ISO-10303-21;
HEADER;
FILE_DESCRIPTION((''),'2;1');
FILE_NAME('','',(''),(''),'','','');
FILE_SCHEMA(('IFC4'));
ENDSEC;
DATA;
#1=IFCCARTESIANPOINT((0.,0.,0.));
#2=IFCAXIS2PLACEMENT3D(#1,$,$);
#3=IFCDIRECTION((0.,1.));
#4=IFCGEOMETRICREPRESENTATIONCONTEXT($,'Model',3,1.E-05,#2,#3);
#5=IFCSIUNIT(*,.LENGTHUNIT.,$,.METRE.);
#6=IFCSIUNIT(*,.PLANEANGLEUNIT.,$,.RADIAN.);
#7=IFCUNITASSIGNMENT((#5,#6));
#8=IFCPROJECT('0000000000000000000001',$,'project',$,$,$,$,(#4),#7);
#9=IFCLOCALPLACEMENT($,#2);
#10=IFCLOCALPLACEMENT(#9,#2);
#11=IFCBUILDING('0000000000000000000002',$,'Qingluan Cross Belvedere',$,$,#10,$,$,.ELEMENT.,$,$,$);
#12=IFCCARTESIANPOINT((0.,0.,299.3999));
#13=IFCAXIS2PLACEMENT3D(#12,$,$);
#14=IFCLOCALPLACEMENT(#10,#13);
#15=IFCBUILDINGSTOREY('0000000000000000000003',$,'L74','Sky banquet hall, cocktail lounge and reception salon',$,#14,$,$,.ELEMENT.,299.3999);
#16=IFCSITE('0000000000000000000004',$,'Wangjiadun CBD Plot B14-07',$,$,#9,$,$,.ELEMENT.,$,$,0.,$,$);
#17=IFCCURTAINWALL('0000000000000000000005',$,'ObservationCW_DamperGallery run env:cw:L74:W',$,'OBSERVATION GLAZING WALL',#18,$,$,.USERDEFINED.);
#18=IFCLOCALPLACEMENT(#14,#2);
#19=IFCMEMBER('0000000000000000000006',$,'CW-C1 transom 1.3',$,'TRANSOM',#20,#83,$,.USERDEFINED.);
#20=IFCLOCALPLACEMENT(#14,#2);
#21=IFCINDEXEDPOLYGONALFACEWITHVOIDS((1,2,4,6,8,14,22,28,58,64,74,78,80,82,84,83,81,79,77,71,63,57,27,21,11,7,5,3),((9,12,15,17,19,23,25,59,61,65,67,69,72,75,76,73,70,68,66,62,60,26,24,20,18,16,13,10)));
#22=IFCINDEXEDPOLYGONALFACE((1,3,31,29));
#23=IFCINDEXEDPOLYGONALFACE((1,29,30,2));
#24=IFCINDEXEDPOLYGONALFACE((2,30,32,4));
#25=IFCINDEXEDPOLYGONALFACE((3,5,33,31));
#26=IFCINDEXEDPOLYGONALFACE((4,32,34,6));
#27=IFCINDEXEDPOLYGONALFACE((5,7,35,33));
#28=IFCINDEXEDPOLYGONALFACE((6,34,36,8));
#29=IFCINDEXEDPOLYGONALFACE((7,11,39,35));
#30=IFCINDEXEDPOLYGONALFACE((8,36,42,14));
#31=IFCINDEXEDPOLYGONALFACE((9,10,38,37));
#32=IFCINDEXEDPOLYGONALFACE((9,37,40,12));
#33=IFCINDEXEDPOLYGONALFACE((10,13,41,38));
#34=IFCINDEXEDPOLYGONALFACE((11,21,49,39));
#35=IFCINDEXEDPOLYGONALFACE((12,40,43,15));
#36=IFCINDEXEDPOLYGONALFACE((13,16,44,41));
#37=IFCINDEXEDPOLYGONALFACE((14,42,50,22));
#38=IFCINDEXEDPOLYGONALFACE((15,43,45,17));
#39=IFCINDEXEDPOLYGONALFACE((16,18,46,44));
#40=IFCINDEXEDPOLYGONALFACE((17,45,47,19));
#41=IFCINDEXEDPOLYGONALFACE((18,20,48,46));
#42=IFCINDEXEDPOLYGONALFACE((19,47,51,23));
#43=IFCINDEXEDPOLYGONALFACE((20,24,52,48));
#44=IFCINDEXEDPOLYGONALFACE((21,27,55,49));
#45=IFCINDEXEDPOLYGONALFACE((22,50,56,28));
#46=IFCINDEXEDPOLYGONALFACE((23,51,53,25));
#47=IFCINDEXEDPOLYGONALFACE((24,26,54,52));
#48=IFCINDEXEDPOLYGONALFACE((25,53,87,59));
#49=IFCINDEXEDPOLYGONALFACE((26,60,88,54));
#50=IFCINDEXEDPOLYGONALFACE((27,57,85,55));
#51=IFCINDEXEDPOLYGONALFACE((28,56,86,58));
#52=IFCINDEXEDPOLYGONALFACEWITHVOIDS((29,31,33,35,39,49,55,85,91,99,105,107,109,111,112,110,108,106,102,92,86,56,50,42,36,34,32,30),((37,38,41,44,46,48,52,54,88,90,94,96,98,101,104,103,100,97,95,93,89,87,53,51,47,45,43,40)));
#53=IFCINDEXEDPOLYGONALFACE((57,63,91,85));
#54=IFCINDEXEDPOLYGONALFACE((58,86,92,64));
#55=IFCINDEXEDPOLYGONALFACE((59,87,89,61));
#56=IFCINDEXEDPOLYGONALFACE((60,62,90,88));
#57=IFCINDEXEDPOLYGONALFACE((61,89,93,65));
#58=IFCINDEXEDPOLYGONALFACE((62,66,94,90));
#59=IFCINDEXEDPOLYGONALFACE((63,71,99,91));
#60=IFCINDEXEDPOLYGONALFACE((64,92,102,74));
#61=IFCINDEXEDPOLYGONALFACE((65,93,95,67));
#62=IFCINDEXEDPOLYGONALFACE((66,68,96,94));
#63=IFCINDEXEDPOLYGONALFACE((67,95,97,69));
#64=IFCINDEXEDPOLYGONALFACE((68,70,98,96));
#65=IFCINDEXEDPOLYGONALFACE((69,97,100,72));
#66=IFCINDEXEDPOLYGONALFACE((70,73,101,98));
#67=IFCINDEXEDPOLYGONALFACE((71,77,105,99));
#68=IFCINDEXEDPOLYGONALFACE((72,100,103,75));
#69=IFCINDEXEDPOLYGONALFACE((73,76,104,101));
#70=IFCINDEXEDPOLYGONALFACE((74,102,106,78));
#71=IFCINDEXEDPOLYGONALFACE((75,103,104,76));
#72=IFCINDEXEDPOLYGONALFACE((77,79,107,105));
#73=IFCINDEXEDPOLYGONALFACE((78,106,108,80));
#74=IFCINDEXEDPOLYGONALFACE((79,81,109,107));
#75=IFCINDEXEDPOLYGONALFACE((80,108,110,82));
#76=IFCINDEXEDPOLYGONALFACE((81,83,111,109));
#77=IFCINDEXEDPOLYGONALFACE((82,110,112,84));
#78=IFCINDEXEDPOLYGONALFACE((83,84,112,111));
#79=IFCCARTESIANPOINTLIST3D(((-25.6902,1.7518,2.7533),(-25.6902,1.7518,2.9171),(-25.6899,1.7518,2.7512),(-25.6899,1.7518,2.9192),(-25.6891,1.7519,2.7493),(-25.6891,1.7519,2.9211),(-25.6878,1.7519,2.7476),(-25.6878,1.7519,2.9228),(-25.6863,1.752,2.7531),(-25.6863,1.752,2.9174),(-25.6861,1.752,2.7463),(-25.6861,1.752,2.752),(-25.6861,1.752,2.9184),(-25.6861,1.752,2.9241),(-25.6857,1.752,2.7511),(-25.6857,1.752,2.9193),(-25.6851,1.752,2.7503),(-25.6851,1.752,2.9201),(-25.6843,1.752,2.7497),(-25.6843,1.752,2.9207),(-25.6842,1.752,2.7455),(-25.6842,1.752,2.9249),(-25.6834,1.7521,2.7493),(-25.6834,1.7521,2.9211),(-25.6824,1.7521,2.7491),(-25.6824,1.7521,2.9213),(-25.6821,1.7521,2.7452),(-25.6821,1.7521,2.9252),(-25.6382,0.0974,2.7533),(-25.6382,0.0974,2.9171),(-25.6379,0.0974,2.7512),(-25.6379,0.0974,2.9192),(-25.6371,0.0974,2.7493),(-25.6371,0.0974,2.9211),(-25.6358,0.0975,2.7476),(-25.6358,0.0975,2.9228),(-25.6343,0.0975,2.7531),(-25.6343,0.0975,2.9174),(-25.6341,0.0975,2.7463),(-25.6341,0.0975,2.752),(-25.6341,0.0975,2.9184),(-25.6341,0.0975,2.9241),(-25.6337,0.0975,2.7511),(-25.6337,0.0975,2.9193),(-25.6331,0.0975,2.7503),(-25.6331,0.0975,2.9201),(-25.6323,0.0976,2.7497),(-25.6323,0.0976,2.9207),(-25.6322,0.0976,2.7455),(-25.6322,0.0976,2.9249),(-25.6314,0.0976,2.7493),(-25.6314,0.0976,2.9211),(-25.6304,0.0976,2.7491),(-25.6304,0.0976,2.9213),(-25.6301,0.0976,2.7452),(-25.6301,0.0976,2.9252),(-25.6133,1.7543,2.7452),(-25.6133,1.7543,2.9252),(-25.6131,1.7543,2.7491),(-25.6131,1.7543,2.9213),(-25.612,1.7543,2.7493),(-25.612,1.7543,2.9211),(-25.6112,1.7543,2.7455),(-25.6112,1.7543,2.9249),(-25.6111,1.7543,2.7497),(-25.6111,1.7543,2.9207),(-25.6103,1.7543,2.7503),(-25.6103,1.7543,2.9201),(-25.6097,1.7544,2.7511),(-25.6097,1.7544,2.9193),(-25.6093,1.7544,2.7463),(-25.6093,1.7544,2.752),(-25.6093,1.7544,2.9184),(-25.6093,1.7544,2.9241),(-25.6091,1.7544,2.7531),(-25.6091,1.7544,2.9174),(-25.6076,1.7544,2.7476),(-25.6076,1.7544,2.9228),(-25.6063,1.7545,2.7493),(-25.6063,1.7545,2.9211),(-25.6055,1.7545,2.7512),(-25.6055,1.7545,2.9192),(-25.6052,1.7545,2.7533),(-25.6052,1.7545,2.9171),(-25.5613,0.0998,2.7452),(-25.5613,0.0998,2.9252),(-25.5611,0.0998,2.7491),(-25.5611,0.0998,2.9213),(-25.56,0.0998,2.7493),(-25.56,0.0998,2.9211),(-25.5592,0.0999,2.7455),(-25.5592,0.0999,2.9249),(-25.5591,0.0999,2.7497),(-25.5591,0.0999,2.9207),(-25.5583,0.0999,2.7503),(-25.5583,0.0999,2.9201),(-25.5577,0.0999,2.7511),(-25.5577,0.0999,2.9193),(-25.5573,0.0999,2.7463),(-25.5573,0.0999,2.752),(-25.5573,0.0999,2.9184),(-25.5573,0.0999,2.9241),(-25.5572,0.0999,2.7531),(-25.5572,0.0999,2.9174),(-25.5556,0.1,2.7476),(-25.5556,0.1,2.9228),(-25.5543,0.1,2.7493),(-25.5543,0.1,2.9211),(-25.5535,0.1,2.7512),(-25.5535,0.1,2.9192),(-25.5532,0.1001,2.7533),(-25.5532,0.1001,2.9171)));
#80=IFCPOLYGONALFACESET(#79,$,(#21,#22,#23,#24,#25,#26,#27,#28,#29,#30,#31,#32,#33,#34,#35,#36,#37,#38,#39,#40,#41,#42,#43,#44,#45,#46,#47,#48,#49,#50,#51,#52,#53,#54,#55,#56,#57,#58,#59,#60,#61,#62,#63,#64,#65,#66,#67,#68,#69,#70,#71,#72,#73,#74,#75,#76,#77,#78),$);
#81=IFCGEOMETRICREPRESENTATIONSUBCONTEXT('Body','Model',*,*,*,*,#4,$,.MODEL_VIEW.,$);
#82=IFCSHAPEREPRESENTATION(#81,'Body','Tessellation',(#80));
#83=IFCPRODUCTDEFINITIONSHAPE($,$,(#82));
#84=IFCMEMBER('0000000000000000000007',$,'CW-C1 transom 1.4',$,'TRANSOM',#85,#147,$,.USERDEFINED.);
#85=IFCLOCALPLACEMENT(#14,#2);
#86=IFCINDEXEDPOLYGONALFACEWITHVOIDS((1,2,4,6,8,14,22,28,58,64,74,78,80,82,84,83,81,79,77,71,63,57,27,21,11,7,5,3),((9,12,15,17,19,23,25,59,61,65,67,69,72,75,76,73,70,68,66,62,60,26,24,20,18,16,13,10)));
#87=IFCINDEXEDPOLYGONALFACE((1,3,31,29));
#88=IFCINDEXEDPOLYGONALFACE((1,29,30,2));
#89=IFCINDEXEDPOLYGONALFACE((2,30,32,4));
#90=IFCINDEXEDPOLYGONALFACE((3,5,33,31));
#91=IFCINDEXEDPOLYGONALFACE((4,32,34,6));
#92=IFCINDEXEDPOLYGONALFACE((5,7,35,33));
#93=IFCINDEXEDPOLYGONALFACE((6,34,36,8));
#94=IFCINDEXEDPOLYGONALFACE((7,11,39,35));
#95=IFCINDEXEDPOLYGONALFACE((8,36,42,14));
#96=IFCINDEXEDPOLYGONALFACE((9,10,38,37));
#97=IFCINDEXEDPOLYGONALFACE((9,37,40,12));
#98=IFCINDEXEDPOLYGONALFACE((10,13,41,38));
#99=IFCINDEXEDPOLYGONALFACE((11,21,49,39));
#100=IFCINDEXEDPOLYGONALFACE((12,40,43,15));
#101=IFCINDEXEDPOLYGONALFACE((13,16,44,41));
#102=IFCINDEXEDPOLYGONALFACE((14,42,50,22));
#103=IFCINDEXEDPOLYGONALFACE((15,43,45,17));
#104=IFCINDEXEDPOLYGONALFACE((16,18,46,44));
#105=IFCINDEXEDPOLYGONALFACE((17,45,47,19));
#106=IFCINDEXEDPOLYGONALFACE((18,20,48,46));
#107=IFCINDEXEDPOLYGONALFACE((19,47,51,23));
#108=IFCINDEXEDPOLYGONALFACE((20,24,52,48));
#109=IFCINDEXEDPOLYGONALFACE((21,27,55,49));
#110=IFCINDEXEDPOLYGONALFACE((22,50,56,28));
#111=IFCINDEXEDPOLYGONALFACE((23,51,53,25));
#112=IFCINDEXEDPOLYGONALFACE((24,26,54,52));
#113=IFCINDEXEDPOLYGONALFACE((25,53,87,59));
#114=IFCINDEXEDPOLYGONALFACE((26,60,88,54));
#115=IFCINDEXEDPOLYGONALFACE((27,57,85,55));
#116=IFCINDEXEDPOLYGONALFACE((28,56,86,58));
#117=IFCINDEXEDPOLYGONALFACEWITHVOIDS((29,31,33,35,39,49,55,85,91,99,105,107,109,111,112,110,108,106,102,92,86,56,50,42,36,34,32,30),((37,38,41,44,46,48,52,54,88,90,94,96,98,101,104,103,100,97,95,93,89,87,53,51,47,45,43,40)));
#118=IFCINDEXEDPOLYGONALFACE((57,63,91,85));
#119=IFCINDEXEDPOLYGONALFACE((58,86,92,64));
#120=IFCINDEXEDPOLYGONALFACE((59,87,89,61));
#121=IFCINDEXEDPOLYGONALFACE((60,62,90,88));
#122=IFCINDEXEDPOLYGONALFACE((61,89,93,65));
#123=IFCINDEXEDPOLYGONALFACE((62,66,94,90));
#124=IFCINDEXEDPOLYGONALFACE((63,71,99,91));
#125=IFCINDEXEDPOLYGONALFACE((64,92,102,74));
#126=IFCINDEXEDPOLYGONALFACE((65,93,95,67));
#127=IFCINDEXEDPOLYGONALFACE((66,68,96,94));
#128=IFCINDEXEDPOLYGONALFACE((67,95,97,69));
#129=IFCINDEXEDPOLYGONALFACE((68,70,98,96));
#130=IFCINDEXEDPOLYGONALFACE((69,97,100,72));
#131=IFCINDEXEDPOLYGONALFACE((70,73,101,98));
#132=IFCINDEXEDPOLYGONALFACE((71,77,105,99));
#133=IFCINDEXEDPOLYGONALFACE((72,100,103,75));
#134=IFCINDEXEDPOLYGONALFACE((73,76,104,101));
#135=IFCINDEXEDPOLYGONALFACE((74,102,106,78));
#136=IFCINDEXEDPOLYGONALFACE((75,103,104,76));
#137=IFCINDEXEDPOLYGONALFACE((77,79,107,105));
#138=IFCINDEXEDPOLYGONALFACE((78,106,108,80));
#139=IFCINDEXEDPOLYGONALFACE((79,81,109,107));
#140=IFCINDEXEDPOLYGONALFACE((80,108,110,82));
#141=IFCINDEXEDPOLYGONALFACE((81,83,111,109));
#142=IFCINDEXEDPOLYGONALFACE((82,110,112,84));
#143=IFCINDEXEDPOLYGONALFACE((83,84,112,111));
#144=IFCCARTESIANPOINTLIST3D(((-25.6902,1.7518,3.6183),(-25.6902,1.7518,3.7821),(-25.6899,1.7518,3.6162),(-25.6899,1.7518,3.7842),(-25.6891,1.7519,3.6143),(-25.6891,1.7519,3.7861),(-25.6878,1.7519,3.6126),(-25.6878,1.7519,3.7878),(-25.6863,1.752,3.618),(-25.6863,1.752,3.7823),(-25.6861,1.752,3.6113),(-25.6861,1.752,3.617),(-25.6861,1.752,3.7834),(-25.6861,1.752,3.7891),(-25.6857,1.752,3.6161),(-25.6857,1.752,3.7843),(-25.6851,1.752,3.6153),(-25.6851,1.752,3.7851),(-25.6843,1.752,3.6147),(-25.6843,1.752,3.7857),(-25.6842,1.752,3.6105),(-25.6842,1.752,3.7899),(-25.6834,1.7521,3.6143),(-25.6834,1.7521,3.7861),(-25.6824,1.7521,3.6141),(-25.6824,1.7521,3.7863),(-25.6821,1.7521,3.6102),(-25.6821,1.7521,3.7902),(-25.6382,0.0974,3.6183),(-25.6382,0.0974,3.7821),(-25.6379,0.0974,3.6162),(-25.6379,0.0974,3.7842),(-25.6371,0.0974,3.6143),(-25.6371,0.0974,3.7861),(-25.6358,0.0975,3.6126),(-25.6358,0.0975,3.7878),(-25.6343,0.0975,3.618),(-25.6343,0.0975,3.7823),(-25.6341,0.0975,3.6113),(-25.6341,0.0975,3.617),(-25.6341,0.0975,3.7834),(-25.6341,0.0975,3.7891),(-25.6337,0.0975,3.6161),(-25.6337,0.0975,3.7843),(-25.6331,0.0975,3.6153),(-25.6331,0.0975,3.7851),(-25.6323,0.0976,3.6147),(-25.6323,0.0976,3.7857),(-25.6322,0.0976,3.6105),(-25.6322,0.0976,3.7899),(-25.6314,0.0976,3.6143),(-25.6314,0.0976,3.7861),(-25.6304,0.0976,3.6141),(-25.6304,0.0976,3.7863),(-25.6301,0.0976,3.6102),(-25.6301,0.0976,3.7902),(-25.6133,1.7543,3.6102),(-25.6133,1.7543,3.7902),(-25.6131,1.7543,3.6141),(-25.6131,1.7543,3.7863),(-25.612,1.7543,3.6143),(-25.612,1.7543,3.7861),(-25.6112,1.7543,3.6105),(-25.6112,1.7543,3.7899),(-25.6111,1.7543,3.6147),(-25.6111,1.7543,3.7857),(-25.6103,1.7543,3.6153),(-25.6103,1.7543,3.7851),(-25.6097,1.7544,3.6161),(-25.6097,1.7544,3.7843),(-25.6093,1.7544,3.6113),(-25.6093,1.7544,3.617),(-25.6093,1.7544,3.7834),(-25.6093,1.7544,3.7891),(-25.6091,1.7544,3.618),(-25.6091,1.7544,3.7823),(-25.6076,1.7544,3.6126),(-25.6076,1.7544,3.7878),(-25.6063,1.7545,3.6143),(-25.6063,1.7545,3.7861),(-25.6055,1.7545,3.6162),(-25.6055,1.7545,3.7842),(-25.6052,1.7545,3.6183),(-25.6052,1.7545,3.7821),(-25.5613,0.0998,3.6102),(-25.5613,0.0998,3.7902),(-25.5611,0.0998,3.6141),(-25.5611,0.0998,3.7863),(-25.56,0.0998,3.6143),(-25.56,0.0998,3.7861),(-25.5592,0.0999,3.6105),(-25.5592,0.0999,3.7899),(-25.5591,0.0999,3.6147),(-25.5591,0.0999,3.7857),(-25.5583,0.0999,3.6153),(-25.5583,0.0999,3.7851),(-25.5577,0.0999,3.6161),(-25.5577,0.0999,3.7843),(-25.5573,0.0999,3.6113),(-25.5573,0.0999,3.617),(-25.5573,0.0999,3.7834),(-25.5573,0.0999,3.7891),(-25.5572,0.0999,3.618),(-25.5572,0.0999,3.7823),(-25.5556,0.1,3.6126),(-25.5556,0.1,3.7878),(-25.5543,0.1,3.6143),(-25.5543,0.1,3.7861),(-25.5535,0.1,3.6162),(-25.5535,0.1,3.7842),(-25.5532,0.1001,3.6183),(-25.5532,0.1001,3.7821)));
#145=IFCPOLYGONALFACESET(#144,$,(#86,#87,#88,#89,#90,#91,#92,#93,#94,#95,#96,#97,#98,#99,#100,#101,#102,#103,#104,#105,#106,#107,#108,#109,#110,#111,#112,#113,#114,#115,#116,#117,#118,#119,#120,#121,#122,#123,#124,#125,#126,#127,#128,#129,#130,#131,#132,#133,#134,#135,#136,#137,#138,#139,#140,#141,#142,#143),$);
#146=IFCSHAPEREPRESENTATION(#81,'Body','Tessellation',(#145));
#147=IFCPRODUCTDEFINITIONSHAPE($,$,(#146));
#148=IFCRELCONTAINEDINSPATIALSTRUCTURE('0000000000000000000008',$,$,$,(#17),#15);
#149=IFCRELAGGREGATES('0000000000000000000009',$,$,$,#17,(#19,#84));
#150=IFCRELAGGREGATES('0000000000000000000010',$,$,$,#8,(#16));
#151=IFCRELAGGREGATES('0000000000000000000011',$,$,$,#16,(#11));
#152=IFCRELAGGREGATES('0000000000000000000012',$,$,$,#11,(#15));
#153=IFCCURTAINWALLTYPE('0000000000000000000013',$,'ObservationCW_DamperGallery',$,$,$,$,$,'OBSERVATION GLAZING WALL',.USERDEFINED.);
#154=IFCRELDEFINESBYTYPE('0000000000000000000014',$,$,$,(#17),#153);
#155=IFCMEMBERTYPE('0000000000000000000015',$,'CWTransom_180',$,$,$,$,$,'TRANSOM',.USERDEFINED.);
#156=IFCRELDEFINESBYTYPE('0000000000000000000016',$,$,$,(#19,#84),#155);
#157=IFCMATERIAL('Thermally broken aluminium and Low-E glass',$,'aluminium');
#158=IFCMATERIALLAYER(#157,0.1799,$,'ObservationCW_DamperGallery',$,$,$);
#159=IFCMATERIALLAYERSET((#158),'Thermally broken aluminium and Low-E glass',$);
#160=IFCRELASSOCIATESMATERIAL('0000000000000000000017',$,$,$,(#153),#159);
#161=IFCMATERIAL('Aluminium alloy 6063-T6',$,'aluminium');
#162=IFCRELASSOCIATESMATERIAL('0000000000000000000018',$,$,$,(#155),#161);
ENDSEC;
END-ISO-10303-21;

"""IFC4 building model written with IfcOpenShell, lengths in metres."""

from ifc_helpers import new_model, si_unit, direction, frame, origin, origin_2d, place, context, subcontext, project, spatial, hollow_rectangle, extrude, material, layer, layer_set, material_profile, profile_set, type_object, element, aggregate, save


model = new_model("IFC4")

# Units and contexts
model_context = context("Model", 3, precision=1e-05, world=origin(), true_north=direction((0.0, 1.0)))
body_context = subcontext(model_context, "Body", "Model", "MODEL_VIEW")
ifc_project = project(units=[si_unit("LENGTHUNIT", "METRE"), si_unit("PLANEANGLEUNIT", "RADIAN")], contexts=[model_context])

# Site, building, storey
site_placement = place(None, origin())
site = spatial("IfcSite", under=ifc_project, at=site_placement, Name="Wangjiadun CBD Plot B14-07", CompositionType="ELEMENT", RefElevation=0.0)
building_placement = place(site_placement, origin())
building = spatial("IfcBuilding", under=site, at=building_placement, Name="Qingluan Cross Belvedere", CompositionType="ELEMENT")
storey_placement = place(building_placement, frame((0.0, 0.0, 299.3999)))
storey = spatial("IfcBuildingStorey", under=building, at=storey_placement, Name="L74", Description="Sky banquet hall, cocktail lounge and reception salon", CompositionType="ELEMENT", Elevation=299.3999)

# Curtain wall, members
ifc_material_1 = material(Name="Thermally broken aluminium and Low-E glass", Category="aluminium")
ifc_layer_1 = layer(ifc_material_1, 0.1799, Name="ObservationCW_DamperGallery")
ifc_layer_set_1 = layer_set([ifc_layer_1], Name="Thermally broken aluminium and Low-E glass")
curtain_wall_type = type_object("IfcCurtainWallType", Name="ObservationCW_DamperGallery", ElementType="OBSERVATION GLAZING WALL", PredefinedType="USERDEFINED", material=ifc_layer_set_1)
curtain_wall_placement = place(storey_placement, origin())
curtain_wall = element("IfcCurtainWall", 1, at=curtain_wall_placement, inside=storey, type_object=curtain_wall_type, Name="ObservationCW_DamperGallery run env:cw:L74:W", ObjectType="OBSERVATION GLAZING WALL", PredefinedType="USERDEFINED")
ifc_material_2 = material(Name="Aluminium alloy 6063-T6", Category="aluminium")
ifc_material_profile_1 = material_profile(ifc_material_2, hollow_rectangle(XDim=0.085, YDim=0.1799, WallThickness=0.0039, InnerFilletRadius=0.0039, OuterFilletRadius=0.0081, at=origin_2d()), Name="CWT180x85x4")
ifc_profile_set_1 = profile_set([ifc_material_profile_1], Name="Aluminium alloy 6063-T6")
member_type_1 = type_object("IfcMemberType", Name="CWTransom_180", ElementType="TRANSOM", PredefinedType="USERDEFINED", material=ifc_profile_set_1)
member_1_placement = place(storey_placement, frame((-25.6477, 1.7532, 2.8352), z_axis=(0.031414, -0.999506, 0.0), x_axis=(0.999506, 0.031414, 0.0)))
member_1 = element("IfcMember", 2, at=member_1_placement, type_object=member_type_1, Name="CW-C1 transom 1.3", ObjectType="TRANSOM", PredefinedType="USERDEFINED", context=body_context, shape_type="SweptSolid", body=[
    extrude(hollow_rectangle(XDim=0.085, YDim=0.1799, WallThickness=0.0039, InnerFilletRadius=0.0039, OuterFilletRadius=0.0081, at=origin_2d()), origin(), (0.0, 0.0, 1.0), 1.6553),
])
member_2_placement = place(storey_placement, frame((-25.6477, 1.7532, 3.7002), z_axis=(0.031414, -0.999506, 0.0), x_axis=(0.999506, 0.031414, 0.0)))
member_2 = element("IfcMember", 3, at=member_2_placement, type_object=member_type_1, Name="CW-C1 transom 1.4", ObjectType="TRANSOM", PredefinedType="USERDEFINED", context=body_context, shape_type="SweptSolid", body=[
    extrude(hollow_rectangle(XDim=0.085, YDim=0.1799, WallThickness=0.0039, InnerFilletRadius=0.0039, OuterFilletRadius=0.0081, at=origin_2d()), origin(), (0.0, 0.0, 1.0), 1.6553),
])
aggregate(curtain_wall, [member_1, member_2])

save(model, "model.ifc")
